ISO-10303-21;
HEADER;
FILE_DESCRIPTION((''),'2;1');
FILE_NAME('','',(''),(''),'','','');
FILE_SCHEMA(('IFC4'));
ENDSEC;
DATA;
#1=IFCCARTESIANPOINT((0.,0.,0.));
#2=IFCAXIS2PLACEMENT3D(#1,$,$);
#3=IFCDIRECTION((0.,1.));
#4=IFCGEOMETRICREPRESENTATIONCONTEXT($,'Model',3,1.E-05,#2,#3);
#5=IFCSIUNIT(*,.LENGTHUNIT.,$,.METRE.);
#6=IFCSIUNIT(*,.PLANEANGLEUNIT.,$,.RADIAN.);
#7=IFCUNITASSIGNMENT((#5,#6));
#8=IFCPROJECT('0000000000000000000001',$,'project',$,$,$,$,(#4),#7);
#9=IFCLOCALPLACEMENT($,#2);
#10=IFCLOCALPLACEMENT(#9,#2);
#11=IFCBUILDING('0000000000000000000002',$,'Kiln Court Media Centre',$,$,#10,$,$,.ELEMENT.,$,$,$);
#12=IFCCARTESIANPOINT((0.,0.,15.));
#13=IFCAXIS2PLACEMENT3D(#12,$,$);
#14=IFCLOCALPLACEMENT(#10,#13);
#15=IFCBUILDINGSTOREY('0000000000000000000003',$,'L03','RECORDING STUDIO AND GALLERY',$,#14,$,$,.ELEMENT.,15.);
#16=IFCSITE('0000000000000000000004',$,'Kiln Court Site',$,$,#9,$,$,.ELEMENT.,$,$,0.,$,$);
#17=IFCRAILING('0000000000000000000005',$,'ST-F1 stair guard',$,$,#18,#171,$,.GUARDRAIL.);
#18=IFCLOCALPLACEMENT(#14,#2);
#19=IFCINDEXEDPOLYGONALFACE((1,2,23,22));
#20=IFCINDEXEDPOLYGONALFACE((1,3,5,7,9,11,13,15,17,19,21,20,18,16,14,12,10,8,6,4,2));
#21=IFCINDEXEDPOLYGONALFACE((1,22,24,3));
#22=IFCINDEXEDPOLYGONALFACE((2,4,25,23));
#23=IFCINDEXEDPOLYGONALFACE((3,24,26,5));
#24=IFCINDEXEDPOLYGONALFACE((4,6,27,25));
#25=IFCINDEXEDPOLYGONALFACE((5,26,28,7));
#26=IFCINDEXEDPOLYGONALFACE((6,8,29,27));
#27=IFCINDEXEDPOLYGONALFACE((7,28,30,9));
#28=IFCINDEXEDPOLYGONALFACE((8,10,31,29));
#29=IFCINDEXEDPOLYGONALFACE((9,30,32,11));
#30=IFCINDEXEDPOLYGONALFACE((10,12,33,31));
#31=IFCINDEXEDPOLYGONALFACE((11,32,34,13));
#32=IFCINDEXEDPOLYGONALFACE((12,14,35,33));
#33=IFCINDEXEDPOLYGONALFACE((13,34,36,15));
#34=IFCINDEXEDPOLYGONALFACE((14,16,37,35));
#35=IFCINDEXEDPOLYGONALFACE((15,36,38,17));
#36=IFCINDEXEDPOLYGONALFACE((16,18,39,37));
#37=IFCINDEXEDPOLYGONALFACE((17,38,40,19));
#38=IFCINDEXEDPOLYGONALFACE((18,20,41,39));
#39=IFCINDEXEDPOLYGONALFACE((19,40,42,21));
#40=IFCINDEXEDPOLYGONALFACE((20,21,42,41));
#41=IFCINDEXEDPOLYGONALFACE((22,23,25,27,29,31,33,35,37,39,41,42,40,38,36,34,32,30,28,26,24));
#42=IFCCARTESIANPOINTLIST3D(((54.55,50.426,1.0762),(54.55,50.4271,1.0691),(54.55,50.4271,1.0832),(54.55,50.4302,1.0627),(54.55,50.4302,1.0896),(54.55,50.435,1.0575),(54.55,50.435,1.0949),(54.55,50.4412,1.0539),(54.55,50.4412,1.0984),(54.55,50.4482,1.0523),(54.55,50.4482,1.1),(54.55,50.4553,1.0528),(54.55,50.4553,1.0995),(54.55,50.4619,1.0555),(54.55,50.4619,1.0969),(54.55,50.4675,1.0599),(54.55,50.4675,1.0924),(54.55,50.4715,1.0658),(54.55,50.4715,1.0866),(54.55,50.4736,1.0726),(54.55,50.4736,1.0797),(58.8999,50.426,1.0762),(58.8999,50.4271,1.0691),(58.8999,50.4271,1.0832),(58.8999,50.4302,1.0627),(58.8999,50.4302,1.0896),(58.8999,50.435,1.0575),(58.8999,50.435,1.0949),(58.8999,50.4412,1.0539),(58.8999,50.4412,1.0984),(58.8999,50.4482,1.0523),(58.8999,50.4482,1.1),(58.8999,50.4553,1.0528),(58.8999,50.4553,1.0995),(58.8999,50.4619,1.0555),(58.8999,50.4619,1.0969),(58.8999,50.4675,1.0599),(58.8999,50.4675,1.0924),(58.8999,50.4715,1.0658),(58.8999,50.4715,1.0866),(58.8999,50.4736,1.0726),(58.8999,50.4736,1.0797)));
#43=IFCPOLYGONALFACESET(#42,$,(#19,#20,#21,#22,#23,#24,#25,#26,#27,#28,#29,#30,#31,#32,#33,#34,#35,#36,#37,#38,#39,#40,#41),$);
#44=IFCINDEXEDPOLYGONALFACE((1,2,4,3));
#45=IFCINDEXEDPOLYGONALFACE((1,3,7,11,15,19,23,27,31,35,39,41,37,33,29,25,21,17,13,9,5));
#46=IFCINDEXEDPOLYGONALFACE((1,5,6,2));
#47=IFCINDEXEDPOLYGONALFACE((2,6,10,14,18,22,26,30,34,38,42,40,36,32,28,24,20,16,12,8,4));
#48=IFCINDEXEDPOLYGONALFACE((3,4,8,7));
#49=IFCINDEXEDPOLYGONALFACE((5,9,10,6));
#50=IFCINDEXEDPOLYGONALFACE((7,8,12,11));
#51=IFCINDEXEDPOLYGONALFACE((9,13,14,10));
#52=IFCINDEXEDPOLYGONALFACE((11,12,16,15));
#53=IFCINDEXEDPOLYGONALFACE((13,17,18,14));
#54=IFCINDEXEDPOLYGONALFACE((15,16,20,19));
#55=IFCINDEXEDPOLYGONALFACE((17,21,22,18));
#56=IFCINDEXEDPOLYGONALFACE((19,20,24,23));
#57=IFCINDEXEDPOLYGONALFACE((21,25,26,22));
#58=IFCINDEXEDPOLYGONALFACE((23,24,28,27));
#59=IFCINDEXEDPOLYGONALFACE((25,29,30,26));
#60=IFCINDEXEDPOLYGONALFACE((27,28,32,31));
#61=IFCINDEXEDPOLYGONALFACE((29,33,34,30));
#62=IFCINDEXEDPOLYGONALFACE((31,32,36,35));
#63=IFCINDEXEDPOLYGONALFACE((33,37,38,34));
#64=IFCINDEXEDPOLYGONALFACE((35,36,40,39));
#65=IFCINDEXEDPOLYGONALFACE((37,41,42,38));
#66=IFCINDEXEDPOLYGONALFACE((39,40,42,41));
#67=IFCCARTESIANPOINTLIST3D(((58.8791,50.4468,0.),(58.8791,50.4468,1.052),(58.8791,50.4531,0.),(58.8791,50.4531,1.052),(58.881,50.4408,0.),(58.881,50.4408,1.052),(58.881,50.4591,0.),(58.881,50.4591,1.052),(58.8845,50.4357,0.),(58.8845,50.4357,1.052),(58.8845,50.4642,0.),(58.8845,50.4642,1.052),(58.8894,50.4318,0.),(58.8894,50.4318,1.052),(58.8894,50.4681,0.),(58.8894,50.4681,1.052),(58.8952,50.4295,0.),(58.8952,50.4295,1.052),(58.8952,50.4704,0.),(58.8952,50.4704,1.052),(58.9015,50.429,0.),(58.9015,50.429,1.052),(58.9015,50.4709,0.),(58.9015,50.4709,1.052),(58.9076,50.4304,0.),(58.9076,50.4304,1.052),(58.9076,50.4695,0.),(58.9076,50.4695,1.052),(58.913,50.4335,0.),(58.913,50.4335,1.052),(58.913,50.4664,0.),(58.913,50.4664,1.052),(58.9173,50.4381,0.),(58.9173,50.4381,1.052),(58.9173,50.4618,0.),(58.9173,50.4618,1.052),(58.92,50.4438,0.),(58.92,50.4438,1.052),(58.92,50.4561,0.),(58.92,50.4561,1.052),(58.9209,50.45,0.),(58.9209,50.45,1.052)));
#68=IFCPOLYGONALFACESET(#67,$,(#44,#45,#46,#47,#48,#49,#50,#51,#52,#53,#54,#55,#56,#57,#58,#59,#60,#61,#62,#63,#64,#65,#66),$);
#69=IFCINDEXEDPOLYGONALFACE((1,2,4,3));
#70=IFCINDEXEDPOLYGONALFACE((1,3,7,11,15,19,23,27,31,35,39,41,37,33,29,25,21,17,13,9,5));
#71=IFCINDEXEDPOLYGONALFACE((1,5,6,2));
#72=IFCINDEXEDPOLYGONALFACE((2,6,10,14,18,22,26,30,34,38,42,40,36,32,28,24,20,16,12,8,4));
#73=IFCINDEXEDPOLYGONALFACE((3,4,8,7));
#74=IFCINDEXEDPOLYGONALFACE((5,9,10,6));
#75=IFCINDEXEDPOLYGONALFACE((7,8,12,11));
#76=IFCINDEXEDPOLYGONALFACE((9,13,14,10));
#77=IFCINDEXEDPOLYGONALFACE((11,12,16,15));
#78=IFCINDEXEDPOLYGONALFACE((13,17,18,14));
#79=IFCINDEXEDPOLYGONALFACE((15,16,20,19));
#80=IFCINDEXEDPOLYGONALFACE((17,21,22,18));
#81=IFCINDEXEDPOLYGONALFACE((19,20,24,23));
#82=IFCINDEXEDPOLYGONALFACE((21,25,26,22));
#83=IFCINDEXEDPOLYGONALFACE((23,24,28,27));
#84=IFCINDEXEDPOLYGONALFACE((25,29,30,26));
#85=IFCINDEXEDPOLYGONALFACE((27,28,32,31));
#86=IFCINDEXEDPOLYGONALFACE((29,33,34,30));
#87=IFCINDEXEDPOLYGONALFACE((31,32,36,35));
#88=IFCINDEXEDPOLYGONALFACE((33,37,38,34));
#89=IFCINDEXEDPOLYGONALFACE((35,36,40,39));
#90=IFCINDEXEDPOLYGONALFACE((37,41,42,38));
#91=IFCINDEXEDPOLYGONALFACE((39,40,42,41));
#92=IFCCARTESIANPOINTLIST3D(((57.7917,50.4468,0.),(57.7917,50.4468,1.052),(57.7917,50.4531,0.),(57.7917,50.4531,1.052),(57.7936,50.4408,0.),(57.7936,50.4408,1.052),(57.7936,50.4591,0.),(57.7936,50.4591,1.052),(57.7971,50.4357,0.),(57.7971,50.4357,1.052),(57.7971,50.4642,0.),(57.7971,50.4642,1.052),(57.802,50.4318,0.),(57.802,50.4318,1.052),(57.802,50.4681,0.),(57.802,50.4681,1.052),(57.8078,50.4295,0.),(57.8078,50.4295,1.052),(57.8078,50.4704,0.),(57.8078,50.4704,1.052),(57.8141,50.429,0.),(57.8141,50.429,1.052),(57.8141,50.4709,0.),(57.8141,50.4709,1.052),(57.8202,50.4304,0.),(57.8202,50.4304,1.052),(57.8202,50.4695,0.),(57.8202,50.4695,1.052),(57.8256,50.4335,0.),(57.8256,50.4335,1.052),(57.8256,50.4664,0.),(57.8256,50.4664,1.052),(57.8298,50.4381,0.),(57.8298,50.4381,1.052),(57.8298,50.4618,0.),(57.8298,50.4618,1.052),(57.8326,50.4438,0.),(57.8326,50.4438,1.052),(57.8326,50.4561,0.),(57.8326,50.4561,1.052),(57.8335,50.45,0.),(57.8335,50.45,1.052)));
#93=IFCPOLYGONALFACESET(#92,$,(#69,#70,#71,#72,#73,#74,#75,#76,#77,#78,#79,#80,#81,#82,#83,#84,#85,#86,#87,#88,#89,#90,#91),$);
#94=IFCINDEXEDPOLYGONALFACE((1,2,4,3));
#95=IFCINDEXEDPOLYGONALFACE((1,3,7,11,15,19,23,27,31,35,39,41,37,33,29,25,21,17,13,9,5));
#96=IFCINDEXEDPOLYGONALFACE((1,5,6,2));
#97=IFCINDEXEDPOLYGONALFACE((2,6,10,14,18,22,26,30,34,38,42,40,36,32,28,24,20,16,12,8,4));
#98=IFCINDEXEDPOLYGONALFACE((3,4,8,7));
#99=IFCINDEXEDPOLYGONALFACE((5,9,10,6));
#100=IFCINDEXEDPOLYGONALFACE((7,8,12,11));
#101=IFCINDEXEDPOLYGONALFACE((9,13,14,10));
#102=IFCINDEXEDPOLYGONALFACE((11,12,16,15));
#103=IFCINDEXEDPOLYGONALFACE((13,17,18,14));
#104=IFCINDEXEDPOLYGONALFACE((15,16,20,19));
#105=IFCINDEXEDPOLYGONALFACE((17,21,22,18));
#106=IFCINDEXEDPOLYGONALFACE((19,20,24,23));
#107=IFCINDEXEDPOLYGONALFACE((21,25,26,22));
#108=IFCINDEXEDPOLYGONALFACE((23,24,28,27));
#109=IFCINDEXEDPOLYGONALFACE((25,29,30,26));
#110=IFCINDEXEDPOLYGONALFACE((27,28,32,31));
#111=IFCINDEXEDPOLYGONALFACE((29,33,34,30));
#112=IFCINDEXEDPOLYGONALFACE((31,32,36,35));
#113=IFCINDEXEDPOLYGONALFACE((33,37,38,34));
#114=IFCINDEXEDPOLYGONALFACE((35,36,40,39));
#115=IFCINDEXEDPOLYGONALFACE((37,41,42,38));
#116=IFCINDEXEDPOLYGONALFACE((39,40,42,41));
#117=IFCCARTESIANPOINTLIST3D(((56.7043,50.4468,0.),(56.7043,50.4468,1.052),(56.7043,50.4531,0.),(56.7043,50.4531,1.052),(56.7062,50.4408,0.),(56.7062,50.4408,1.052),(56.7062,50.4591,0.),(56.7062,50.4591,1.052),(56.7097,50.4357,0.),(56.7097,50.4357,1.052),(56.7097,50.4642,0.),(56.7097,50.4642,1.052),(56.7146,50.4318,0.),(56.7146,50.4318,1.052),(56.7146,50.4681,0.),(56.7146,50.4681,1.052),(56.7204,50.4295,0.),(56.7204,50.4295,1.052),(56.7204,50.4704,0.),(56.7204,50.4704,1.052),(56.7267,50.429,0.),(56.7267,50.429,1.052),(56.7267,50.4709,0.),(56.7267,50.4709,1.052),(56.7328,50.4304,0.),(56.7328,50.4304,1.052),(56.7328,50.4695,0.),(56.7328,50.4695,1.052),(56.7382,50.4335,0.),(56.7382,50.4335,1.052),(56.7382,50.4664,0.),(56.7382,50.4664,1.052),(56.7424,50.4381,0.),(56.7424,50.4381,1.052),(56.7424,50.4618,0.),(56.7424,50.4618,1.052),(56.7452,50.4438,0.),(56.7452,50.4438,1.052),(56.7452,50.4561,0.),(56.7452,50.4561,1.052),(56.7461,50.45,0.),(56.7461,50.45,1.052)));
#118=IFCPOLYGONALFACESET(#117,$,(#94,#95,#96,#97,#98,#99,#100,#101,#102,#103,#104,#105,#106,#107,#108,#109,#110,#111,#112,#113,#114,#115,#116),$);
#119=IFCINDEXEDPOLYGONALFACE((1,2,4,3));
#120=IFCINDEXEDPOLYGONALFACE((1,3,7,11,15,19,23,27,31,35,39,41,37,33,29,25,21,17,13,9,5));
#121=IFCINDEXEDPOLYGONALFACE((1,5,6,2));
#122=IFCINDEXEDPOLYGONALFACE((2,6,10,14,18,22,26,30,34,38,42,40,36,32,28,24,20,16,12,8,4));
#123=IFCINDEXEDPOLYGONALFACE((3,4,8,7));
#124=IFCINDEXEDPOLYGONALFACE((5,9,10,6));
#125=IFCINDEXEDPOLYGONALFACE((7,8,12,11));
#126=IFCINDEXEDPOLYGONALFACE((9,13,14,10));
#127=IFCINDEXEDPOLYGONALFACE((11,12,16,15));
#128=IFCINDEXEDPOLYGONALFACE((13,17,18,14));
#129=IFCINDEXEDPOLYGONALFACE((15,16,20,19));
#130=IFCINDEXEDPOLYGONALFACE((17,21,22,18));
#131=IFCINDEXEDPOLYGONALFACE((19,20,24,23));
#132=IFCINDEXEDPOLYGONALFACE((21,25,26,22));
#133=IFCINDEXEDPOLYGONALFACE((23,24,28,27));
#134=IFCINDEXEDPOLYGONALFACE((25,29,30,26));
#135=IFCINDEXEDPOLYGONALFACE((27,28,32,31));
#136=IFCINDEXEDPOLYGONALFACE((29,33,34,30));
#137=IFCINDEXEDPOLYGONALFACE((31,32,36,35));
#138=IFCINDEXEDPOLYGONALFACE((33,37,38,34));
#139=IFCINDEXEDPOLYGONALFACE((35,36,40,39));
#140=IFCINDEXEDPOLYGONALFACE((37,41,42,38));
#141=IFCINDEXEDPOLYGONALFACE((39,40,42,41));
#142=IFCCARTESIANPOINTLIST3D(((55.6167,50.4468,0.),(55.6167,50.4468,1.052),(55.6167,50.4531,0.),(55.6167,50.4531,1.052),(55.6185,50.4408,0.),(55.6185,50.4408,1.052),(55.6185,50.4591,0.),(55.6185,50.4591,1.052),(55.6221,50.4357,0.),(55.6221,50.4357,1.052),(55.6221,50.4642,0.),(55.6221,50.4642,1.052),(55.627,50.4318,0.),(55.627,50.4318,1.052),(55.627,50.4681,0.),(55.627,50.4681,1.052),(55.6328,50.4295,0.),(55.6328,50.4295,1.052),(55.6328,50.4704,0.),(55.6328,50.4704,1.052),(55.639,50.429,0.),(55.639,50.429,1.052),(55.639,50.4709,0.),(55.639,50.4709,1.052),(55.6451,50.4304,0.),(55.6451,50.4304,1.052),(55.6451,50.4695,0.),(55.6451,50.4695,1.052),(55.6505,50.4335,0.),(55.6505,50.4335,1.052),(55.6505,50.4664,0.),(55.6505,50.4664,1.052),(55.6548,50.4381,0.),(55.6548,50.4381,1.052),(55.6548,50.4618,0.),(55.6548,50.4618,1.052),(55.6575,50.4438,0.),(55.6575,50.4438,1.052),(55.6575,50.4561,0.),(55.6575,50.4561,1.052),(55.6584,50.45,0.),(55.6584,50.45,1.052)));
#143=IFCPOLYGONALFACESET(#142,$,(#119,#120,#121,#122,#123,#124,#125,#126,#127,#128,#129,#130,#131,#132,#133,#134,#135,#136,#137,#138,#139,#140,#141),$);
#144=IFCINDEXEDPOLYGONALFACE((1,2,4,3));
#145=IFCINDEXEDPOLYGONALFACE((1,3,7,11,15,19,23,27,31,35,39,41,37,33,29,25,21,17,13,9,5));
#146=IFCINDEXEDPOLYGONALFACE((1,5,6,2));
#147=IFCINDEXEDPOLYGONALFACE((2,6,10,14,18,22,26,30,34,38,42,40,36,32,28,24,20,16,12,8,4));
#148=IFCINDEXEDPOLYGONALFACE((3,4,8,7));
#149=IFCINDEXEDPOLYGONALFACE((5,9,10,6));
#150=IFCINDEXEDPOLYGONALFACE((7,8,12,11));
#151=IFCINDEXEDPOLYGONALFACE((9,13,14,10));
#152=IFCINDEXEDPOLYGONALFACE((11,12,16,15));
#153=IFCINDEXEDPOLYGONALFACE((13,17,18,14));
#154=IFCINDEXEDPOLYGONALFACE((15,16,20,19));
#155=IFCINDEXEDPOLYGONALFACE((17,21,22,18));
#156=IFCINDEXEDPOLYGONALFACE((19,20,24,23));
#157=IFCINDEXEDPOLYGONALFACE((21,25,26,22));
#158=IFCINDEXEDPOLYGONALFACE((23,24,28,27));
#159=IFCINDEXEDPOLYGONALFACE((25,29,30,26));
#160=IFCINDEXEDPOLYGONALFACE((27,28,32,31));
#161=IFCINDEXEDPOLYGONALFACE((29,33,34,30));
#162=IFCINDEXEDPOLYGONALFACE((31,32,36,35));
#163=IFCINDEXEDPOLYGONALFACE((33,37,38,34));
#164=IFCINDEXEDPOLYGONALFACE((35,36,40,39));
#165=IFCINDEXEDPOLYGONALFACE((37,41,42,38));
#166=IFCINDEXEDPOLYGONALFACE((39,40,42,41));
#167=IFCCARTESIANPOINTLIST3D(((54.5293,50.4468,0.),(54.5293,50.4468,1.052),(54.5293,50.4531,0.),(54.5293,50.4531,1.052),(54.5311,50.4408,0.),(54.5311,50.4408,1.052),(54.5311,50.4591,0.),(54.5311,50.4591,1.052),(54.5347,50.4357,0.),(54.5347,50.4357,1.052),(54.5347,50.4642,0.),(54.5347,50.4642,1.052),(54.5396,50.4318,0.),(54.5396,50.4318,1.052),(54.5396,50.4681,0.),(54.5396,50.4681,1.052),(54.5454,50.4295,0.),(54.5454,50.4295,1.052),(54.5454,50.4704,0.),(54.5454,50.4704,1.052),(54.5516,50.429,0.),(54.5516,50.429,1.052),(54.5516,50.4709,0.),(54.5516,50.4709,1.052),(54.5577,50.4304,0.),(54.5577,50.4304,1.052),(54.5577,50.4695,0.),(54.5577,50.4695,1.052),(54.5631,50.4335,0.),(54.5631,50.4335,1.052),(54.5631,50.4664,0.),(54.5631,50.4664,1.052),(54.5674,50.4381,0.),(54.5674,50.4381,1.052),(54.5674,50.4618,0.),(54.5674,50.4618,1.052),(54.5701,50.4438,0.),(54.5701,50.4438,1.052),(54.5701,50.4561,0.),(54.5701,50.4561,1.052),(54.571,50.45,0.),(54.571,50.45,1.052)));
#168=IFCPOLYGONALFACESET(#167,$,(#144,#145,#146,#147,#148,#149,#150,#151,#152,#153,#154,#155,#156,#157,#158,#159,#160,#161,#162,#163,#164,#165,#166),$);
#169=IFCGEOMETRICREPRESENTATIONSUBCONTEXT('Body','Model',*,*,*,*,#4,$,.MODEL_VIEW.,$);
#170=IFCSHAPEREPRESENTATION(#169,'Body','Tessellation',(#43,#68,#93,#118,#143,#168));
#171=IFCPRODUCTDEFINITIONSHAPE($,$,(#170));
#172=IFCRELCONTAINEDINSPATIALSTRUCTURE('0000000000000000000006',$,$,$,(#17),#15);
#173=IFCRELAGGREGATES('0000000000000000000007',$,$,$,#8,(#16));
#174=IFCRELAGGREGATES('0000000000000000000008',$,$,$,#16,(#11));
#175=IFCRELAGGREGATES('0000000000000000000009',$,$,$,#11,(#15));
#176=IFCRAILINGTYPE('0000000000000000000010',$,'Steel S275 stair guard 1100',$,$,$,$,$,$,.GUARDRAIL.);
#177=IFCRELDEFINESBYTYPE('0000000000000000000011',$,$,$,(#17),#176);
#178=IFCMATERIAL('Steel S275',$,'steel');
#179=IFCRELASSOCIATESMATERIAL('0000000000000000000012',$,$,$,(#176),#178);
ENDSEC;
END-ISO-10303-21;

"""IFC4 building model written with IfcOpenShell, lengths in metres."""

from ifc_helpers import new_model, si_unit, direction, frame, origin, origin_2d, place, context, subcontext, project, spatial, circle, extrude, material, type_object, element, save


model = new_model("IFC4")

# Units and contexts
model_context = context("Model", 3, precision=1e-05, world=origin(), true_north=direction((0.0, 1.0)))
body_context = subcontext(model_context, "Body", "Model", "MODEL_VIEW")
ifc_project = project(units=[si_unit("LENGTHUNIT", "METRE"), si_unit("PLANEANGLEUNIT", "RADIAN")], contexts=[model_context])

# Site, building, storey
site_placement = place(None, origin())
site = spatial("IfcSite", under=ifc_project, at=site_placement, Name="Kiln Court Site", CompositionType="ELEMENT", RefElevation=0.0)
building_placement = place(site_placement, origin())
building = spatial("IfcBuilding", under=site, at=building_placement, Name="Kiln Court Media Centre", CompositionType="ELEMENT")
storey_placement = place(building_placement, frame((0.0, 0.0, 15.0)))
storey = spatial("IfcBuildingStorey", under=building, at=storey_placement, Name="L03", Description="RECORDING STUDIO AND GALLERY", CompositionType="ELEMENT", Elevation=15.0)

# Railing
ifc_material_1 = material(Name="Steel S275", Category="steel")
railing_type = type_object("IfcRailingType", Name="Steel S275 stair guard 1100", PredefinedType="GUARDRAIL", material=ifc_material_1)
railing_1_placement = place(storey_placement, frame((58.8999, 50.45, 0.0)))
element("IfcRailing", 1, at=railing_1_placement, inside=storey, type_object=railing_type, Name="ST-F1 stair guard", PredefinedType="GUARDRAIL", context=body_context, shape_type="SweptSolid", body=[
    extrude(circle(Radius=0.0239, at=origin_2d()), frame((0.0, 0.0, 1.0762), z_axis=(-1.0, 0.0, 0.0), x_axis=(0.0, -1.0, 0.0)), (0.0, 0.0, 1.0), 4.3499),
    extrude(circle(Radius=0.021, at=origin_2d()), origin(), (0.0, 0.0, 1.0), 1.052),
    extrude(circle(Radius=0.021, at=origin_2d()), frame((-1.0874, 0.0, 0.0)), (0.0, 0.0, 1.0), 1.052),
    extrude(circle(Radius=0.021, at=origin_2d()), frame((-2.1748, 0.0, 0.0)), (0.0, 0.0, 1.0), 1.052),
    extrude(circle(Radius=0.021, at=origin_2d()), frame((-3.2625, 0.0, 0.0)), (0.0, 0.0, 1.0), 1.052),
    extrude(circle(Radius=0.021, at=origin_2d()), frame((-4.3499, 0.0, 0.0)), (0.0, 0.0, 1.0), 1.052),
])

save(model, "model.ifc")
